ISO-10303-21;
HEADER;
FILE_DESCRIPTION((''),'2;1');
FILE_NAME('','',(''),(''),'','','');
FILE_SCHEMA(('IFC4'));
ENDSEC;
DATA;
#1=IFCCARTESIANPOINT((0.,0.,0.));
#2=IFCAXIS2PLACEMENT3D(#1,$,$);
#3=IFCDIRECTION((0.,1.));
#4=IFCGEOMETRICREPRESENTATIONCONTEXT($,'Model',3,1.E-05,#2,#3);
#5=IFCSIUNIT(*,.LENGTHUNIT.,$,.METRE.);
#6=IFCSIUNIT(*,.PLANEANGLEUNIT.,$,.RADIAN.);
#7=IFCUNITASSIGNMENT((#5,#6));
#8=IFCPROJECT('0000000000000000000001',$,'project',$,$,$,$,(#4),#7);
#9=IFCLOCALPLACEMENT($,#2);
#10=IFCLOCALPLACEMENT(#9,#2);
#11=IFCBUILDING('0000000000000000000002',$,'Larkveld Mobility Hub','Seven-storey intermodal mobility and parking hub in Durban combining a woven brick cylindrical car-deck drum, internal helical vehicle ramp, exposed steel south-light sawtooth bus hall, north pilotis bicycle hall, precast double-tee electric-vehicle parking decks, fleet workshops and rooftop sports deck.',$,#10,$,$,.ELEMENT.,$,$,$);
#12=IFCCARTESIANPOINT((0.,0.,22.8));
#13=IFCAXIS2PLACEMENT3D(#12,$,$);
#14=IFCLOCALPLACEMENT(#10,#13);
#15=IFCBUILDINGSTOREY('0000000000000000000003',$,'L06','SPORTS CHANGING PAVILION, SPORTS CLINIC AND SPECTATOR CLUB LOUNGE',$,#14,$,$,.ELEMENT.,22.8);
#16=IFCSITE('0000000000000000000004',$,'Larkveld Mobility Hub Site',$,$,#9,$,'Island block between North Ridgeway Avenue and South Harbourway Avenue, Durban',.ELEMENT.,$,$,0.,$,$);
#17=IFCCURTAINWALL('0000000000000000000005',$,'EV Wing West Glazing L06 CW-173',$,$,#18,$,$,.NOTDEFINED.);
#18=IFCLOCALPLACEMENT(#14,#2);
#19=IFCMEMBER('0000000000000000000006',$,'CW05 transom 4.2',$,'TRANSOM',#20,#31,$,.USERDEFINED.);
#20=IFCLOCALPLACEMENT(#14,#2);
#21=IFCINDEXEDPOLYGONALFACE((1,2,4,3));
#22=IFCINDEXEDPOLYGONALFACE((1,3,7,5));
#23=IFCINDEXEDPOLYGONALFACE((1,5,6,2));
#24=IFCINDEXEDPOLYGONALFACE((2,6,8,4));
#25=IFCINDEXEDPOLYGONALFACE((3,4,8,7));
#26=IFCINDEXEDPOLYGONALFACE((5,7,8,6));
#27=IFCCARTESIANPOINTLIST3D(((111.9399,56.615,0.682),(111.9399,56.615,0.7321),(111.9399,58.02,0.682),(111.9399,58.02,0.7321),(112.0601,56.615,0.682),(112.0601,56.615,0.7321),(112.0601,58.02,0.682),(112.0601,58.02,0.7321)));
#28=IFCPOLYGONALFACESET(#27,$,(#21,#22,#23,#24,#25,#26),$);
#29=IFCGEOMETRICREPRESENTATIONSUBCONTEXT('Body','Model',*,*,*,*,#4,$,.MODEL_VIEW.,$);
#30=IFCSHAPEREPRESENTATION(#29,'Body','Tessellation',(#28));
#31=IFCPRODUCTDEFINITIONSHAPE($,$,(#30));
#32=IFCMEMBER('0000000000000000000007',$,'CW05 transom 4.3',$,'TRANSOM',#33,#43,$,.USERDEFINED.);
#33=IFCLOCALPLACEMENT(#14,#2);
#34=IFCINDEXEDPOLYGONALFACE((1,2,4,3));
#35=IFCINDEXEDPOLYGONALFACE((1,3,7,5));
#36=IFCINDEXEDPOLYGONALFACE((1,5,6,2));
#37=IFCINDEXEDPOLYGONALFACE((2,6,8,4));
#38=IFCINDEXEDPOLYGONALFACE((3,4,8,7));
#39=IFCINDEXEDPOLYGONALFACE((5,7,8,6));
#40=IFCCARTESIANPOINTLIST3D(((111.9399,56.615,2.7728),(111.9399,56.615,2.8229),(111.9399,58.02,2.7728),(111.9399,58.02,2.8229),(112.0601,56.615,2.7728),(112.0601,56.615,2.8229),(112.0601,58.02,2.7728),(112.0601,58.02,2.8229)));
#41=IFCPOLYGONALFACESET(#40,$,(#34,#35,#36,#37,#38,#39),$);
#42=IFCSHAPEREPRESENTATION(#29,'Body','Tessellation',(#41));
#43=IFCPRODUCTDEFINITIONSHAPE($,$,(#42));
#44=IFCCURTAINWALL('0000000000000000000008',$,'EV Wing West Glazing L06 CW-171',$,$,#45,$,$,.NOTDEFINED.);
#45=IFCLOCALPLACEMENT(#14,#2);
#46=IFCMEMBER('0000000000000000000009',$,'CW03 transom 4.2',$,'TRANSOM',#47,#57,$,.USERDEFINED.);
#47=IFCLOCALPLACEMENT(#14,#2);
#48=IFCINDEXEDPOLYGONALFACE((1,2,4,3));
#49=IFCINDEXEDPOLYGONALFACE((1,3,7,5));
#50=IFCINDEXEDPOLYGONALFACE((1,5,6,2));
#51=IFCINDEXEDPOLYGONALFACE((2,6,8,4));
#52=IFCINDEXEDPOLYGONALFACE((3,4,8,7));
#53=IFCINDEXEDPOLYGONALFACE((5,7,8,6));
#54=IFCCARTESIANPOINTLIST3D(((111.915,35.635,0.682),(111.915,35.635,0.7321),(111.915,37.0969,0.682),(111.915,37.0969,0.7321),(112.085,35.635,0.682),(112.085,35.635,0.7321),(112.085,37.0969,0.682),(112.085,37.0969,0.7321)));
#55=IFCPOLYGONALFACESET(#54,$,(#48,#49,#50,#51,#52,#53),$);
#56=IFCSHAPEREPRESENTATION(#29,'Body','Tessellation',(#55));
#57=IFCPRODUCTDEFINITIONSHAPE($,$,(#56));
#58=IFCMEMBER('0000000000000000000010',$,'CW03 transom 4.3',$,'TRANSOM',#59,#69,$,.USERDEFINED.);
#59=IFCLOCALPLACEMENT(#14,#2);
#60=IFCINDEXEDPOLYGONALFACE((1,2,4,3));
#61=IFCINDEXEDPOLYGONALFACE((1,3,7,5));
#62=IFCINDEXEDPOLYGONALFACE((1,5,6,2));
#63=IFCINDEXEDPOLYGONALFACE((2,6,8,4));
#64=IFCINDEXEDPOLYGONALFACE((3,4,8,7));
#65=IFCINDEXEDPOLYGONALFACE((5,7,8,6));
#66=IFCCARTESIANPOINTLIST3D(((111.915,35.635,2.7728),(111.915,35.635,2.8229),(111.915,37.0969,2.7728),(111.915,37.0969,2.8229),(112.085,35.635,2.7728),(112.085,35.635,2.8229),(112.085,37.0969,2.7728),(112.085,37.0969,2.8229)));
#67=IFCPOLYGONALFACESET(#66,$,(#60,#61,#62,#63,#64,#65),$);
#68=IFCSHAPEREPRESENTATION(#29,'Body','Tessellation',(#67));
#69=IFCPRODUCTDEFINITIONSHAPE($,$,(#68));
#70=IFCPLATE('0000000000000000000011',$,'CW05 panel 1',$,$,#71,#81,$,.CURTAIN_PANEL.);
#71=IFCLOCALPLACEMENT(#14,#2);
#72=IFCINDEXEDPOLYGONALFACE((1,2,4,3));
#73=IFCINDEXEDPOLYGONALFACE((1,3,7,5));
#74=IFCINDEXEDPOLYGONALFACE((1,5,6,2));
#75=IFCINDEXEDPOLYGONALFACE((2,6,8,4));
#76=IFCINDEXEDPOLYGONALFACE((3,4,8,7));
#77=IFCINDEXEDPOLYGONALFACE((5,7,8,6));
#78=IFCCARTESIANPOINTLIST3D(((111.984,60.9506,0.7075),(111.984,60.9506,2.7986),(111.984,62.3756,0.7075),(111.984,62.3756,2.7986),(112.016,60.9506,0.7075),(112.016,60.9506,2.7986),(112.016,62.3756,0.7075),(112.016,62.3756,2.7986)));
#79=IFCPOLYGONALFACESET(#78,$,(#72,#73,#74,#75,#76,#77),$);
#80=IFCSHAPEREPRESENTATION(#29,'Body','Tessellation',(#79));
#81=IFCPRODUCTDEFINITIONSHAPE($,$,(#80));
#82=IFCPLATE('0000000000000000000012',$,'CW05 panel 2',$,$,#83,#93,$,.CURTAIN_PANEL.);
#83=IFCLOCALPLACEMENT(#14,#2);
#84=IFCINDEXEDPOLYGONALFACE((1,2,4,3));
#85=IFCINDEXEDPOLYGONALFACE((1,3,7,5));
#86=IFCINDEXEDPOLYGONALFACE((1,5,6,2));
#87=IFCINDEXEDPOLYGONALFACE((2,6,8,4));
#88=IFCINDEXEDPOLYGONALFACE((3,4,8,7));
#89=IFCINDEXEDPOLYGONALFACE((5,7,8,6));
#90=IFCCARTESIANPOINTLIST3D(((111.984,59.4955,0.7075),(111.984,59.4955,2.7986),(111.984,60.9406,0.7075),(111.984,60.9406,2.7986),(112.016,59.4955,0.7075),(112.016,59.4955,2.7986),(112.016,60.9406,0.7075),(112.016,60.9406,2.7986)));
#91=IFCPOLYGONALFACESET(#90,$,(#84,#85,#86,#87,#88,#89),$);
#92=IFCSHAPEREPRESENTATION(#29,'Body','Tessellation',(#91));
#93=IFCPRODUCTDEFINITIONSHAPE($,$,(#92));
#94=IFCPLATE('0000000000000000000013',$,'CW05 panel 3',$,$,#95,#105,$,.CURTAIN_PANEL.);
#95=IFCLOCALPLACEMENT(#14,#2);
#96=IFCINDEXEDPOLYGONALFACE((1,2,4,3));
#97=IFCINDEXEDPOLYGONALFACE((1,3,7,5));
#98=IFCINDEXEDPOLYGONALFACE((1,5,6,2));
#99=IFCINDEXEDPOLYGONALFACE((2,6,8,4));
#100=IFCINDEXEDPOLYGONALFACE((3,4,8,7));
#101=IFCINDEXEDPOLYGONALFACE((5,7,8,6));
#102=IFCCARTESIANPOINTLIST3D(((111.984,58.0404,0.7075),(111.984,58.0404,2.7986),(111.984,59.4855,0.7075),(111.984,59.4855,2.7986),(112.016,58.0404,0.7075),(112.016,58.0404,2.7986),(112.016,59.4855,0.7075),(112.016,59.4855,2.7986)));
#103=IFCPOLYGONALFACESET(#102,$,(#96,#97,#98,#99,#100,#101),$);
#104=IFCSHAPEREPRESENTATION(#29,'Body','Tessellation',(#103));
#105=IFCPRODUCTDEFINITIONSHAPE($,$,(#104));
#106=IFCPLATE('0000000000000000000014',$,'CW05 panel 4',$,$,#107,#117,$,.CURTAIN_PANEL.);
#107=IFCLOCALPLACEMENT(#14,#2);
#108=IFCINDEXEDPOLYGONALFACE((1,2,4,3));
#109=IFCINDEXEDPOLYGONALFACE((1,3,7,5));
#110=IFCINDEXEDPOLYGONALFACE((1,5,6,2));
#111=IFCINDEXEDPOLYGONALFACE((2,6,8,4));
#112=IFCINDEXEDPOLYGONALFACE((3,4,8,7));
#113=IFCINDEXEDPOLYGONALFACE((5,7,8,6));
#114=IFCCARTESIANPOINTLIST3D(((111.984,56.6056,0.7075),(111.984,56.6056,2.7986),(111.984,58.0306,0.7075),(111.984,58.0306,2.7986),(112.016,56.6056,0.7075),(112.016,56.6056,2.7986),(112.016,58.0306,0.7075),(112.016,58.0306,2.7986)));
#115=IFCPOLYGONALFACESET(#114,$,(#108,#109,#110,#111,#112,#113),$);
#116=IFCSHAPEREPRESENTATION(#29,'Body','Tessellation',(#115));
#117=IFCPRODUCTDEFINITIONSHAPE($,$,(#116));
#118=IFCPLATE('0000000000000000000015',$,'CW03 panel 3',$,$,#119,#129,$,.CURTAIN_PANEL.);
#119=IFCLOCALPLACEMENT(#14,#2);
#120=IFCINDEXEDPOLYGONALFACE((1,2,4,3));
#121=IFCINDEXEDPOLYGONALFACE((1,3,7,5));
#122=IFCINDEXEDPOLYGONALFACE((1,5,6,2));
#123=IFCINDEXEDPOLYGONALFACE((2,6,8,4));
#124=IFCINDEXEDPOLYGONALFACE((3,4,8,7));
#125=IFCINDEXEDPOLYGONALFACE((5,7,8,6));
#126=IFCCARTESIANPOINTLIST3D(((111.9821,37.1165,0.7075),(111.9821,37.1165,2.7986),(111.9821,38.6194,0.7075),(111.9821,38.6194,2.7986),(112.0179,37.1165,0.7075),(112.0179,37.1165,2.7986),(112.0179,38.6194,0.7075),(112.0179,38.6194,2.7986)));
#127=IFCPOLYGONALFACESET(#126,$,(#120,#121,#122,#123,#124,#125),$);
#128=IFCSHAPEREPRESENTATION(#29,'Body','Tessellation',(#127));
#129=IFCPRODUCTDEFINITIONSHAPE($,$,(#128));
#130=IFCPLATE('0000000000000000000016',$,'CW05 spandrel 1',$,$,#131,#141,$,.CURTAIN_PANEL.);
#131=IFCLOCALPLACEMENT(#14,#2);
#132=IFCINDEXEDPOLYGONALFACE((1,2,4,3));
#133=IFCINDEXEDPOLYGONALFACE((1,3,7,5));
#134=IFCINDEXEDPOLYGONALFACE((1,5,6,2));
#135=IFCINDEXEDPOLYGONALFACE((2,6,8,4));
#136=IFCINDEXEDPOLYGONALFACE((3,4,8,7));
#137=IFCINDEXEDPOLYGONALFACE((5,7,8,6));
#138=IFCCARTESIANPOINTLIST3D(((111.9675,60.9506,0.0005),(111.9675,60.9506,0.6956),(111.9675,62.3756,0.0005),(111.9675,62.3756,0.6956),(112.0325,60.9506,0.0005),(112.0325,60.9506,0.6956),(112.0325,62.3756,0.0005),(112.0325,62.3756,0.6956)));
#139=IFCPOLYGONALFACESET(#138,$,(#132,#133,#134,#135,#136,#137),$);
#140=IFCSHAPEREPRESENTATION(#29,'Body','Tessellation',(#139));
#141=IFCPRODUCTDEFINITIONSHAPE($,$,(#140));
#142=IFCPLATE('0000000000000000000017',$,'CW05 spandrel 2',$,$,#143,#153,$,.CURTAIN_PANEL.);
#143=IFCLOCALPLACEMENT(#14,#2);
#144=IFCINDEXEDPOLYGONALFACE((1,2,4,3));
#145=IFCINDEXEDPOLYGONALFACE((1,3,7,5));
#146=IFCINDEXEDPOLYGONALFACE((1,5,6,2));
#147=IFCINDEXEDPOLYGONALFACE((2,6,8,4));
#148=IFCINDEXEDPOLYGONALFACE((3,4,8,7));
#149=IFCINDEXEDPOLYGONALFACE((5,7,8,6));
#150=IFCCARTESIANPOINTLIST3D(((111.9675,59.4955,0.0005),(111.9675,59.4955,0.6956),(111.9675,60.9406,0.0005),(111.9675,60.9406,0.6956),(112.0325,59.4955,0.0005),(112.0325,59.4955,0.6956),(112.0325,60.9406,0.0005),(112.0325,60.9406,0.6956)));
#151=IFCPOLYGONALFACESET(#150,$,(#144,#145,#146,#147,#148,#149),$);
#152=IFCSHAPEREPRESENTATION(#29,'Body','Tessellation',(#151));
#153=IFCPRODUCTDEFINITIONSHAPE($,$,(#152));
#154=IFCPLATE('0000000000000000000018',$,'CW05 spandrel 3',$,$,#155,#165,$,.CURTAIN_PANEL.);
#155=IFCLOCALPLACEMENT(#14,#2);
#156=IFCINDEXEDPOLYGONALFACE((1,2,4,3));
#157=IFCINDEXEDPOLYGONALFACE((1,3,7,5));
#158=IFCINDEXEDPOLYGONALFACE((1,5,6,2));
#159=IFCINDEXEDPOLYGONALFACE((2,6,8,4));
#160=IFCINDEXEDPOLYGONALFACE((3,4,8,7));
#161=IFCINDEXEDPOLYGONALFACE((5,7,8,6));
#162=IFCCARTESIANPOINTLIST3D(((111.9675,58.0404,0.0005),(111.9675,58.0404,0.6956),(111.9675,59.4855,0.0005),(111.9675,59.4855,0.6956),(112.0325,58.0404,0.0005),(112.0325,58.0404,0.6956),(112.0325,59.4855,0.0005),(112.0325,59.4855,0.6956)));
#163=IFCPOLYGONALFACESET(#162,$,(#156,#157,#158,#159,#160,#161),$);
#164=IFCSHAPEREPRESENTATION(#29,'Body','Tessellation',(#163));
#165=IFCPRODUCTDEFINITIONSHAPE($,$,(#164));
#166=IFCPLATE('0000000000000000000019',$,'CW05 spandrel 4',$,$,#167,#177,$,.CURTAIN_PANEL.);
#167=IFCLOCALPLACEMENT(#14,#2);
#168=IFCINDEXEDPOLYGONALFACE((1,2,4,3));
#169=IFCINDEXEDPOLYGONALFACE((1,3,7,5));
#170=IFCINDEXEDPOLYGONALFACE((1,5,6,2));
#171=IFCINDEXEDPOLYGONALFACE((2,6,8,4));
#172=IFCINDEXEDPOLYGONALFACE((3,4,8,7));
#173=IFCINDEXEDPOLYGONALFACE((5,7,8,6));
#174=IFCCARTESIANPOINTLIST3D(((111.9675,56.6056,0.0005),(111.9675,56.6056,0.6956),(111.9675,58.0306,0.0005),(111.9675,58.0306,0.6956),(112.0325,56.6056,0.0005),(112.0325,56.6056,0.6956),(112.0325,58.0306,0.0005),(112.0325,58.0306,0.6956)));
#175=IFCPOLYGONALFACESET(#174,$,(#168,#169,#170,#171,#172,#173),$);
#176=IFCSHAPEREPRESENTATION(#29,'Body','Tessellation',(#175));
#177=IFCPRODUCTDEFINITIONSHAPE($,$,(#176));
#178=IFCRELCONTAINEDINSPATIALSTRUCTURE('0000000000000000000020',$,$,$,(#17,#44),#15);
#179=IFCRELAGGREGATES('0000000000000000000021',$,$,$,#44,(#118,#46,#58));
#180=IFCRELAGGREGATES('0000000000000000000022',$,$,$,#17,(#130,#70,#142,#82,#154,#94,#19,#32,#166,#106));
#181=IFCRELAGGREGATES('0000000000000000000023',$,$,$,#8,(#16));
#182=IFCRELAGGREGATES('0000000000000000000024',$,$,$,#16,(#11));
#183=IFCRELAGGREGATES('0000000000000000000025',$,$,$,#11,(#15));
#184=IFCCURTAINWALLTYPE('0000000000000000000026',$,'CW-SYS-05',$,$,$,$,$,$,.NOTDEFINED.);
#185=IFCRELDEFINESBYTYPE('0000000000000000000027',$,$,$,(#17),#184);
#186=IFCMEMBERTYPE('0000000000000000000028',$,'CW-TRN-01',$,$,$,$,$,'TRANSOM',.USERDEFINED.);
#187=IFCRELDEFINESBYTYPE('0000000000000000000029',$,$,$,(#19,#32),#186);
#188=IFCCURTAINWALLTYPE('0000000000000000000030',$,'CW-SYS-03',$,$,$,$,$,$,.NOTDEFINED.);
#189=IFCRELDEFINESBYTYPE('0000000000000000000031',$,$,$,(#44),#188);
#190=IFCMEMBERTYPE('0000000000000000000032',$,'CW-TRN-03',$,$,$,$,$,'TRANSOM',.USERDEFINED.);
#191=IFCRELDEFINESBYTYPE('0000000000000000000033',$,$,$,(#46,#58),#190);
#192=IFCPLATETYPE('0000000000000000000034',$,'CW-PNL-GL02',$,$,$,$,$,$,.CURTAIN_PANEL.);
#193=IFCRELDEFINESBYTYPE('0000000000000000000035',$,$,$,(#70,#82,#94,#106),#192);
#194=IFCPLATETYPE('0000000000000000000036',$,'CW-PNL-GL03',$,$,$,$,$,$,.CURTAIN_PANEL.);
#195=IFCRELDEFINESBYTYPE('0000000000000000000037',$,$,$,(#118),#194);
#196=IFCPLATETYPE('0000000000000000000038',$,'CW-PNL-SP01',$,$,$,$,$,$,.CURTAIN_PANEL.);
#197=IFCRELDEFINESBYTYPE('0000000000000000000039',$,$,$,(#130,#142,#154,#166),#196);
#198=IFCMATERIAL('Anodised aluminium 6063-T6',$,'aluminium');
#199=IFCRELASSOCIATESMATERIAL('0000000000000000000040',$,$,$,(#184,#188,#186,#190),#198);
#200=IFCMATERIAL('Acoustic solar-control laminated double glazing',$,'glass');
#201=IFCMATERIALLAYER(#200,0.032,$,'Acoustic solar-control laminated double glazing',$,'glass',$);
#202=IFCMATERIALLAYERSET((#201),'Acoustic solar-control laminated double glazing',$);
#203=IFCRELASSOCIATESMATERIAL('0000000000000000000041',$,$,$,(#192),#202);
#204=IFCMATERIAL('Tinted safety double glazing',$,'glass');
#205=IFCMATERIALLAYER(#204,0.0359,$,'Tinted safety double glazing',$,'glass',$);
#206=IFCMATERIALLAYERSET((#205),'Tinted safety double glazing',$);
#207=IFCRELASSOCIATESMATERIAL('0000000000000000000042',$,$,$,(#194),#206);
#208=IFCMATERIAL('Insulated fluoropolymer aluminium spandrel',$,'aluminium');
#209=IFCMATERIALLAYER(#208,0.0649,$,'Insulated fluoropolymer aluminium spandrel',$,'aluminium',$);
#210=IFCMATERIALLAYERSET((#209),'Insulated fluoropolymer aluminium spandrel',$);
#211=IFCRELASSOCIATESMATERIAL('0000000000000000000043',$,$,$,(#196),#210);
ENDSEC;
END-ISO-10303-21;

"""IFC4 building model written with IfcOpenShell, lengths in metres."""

from ifc_helpers import new_model, si_unit, direction, frame, origin, origin_2d, place, context, subcontext, project, spatial, rectangle, extrude, material, layer, layer_set, material_profile, profile_set, type_object, element, aggregate, save


model = new_model("IFC4")

# Units and contexts
model_context = context("Model", 3, precision=1e-05, world=origin(), true_north=direction((0.0, 1.0)))
body_context = subcontext(model_context, "Body", "Model", "MODEL_VIEW")
ifc_project = project(units=[si_unit("LENGTHUNIT", "METRE"), si_unit("PLANEANGLEUNIT", "RADIAN")], contexts=[model_context])

# Site, building, storey
site_placement = place(None, origin())
site = spatial("IfcSite", under=ifc_project, at=site_placement, Name="Larkveld Mobility Hub Site", LongName="Island block between North Ridgeway Avenue and South Harbourway Avenue, Durban", CompositionType="ELEMENT", RefElevation=0.0)
building_placement = place(site_placement, origin())
building = spatial("IfcBuilding", under=site, at=building_placement, Name="Larkveld Mobility Hub", Description="Seven-storey intermodal mobility and parking hub in Durban combining a woven brick cylindrical car-deck drum, internal helical vehicle ramp, exposed steel south-light sawtooth bus hall, north pilotis bicycle hall, precast double-tee electric-vehicle parking decks, fleet workshops and rooftop sports deck.", CompositionType="ELEMENT")
storey_placement = place(building_placement, frame((0.0, 0.0, 22.8)))
storey = spatial("IfcBuildingStorey", under=building, at=storey_placement, Name="L06", Description="SPORTS CHANGING PAVILION, SPORTS CLINIC AND SPECTATOR CLUB LOUNGE", CompositionType="ELEMENT", Elevation=22.8)

# Curtain walls, members
ifc_material_1 = material(Name="Anodised aluminium 6063-T6", Category="aluminium")
curtain_wall_type_1 = type_object("IfcCurtainWallType", Name="CW-SYS-05", PredefinedType="NOTDEFINED", material=ifc_material_1)
curtain_wall_1_placement = place(storey_placement, origin())
curtain_wall_1 = element("IfcCurtainWall", 1, at=curtain_wall_1_placement, inside=storey, type_object=curtain_wall_type_1, Name="EV Wing West Glazing L06 CW-173", PredefinedType="NOTDEFINED")
ifc_material_profile_1 = material_profile(ifc_material_1, rectangle(XDim=0.1201, YDim=0.05, at=origin_2d()), Name="ALU TRAN 50x120")
ifc_profile_set_1 = profile_set([ifc_material_profile_1], Name="Anodised aluminium 6063-T6")
member_type_1 = type_object("IfcMemberType", Name="CW-TRN-01", ElementType="TRANSOM", PredefinedType="USERDEFINED", material=ifc_profile_set_1)
member_1_placement = place(storey_placement, frame((112.0, 58.02, 0.707), z_axis=(0.0, -1.0, 0.0), x_axis=(1.0, 0.0, 0.0)))
member_1 = element("IfcMember", 2, at=member_1_placement, type_object=member_type_1, Name="CW05 transom 4.2", ObjectType="TRANSOM", PredefinedType="USERDEFINED", context=body_context, shape_type="SweptSolid", body=[
    extrude(rectangle(XDim=0.1201, YDim=0.05, at=origin_2d()), origin(), (0.0, 0.0, 1.0), 1.405),
])
member_2_placement = place(storey_placement, frame((112.0, 58.02, 2.7979), z_axis=(0.0, -1.0, 0.0), x_axis=(1.0, 0.0, 0.0)))
member_2 = element("IfcMember", 3, at=member_2_placement, type_object=member_type_1, Name="CW05 transom 4.3", ObjectType="TRANSOM", PredefinedType="USERDEFINED", context=body_context, shape_type="SweptSolid", body=[
    extrude(rectangle(XDim=0.1201, YDim=0.05, at=origin_2d()), origin(), (0.0, 0.0, 1.0), 1.405),
])
curtain_wall_type_2 = type_object("IfcCurtainWallType", Name="CW-SYS-03", PredefinedType="NOTDEFINED", material=ifc_material_1)
curtain_wall_2_placement = place(storey_placement, origin())
curtain_wall_2 = element("IfcCurtainWall", 4, at=curtain_wall_2_placement, inside=storey, type_object=curtain_wall_type_2, Name="EV Wing West Glazing L06 CW-171", PredefinedType="NOTDEFINED")
ifc_material_profile_2 = material_profile(ifc_material_1, rectangle(XDim=0.1699, YDim=0.05, at=origin_2d()), Name="ALU TRAN 50x170")
ifc_profile_set_2 = profile_set([ifc_material_profile_2], Name="Anodised aluminium 6063-T6")
member_type_2 = type_object("IfcMemberType", Name="CW-TRN-03", ElementType="TRANSOM", PredefinedType="USERDEFINED", material=ifc_profile_set_2)
member_3_placement = place(storey_placement, frame((112.0, 37.0969, 0.707), z_axis=(0.0, -1.0, 0.0), x_axis=(1.0, 0.0, 0.0)))
member_3 = element("IfcMember", 5, at=member_3_placement, type_object=member_type_2, Name="CW03 transom 4.2", ObjectType="TRANSOM", PredefinedType="USERDEFINED", context=body_context, shape_type="SweptSolid", body=[
    extrude(rectangle(XDim=0.1699, YDim=0.05, at=origin_2d()), origin(), (0.0, 0.0, 1.0), 1.4619),
])
member_4_placement = place(storey_placement, frame((112.0, 37.0969, 2.7979), z_axis=(0.0, -1.0, 0.0), x_axis=(1.0, 0.0, 0.0)))
member_4 = element("IfcMember", 6, at=member_4_placement, type_object=member_type_2, Name="CW03 transom 4.3", ObjectType="TRANSOM", PredefinedType="USERDEFINED", context=body_context, shape_type="SweptSolid", body=[
    extrude(rectangle(XDim=0.1699, YDim=0.05, at=origin_2d()), origin(), (0.0, 0.0, 1.0), 1.4619),
])

# Plates
ifc_material_2 = material(Name="Acoustic solar-control laminated double glazing", Category="glass")
ifc_layer_1 = layer(ifc_material_2, 0.032, Name="Acoustic solar-control laminated double glazing", Category="glass")
ifc_layer_set_1 = layer_set([ifc_layer_1], Name="Acoustic solar-control laminated double glazing")
plate_type_1 = type_object("IfcPlateType", Name="CW-PNL-GL02", PredefinedType="CURTAIN_PANEL", material=ifc_layer_set_1)
plate_1_placement = place(storey_placement, frame((112.0, 61.6631, 0.7075), z_axis=(0.0, 0.0, 1.0), x_axis=(0.0, -1.0, 0.0)))
plate_1 = element("IfcPlate", 7, at=plate_1_placement, type_object=plate_type_1, Name="CW05 panel 1", PredefinedType="CURTAIN_PANEL", context=body_context, shape_type="SweptSolid", body=[
    extrude(rectangle(XDim=1.425, YDim=0.032, at=origin_2d()), origin(), (0.0, 0.0, 1.0), 2.0911),
])
plate_2_placement = place(storey_placement, frame((112.0, 60.218, 0.7075), z_axis=(0.0, 0.0, 1.0), x_axis=(0.0, -1.0, 0.0)))
plate_2 = element("IfcPlate", 8, at=plate_2_placement, type_object=plate_type_1, Name="CW05 panel 2", PredefinedType="CURTAIN_PANEL", context=body_context, shape_type="SweptSolid", body=[
    extrude(rectangle(XDim=1.4451, YDim=0.032, at=origin_2d()), origin(), (0.0, 0.0, 1.0), 2.0911),
])
plate_3_placement = place(storey_placement, frame((112.0, 58.7629, 0.7075), z_axis=(0.0, 0.0, 1.0), x_axis=(0.0, -1.0, 0.0)))
plate_3 = element("IfcPlate", 9, at=plate_3_placement, type_object=plate_type_1, Name="CW05 panel 3", PredefinedType="CURTAIN_PANEL", context=body_context, shape_type="SweptSolid", body=[
    extrude(rectangle(XDim=1.4451, YDim=0.032, at=origin_2d()), origin(), (0.0, 0.0, 1.0), 2.0911),
])
plate_4_placement = place(storey_placement, frame((112.0, 57.3181, 0.7075), z_axis=(0.0, 0.0, 1.0), x_axis=(0.0, -1.0, 0.0)))
plate_4 = element("IfcPlate", 10, at=plate_4_placement, type_object=plate_type_1, Name="CW05 panel 4", PredefinedType="CURTAIN_PANEL", context=body_context, shape_type="SweptSolid", body=[
    extrude(rectangle(XDim=1.425, YDim=0.032, at=origin_2d()), origin(), (0.0, 0.0, 1.0), 2.0911),
])
ifc_material_3 = material(Name="Tinted safety double glazing", Category="glass")
ifc_layer_2 = layer(ifc_material_3, 0.0359, Name="Tinted safety double glazing", Category="glass")
ifc_layer_set_2 = layer_set([ifc_layer_2], Name="Tinted safety double glazing")
plate_type_2 = type_object("IfcPlateType", Name="CW-PNL-GL03", PredefinedType="CURTAIN_PANEL", material=ifc_layer_set_2)
plate_5_placement = place(storey_placement, frame((112.0, 37.8679, 0.7075), z_axis=(0.0, 0.0, 1.0), x_axis=(0.0, -1.0, 0.0)))
plate_5 = element("IfcPlate", 11, at=plate_5_placement, type_object=plate_type_2, Name="CW03 panel 3", PredefinedType="CURTAIN_PANEL", context=body_context, shape_type="SweptSolid", body=[
    extrude(rectangle(XDim=1.5029, YDim=0.0359, at=origin_2d()), origin(), (0.0, 0.0, 1.0), 2.0911),
])
aggregate(curtain_wall_2, [plate_5, member_3, member_4])
ifc_material_4 = material(Name="Insulated fluoropolymer aluminium spandrel", Category="aluminium")
ifc_layer_3 = layer(ifc_material_4, 0.0649, Name="Insulated fluoropolymer aluminium spandrel", Category="aluminium")
ifc_layer_set_3 = layer_set([ifc_layer_3], Name="Insulated fluoropolymer aluminium spandrel")
plate_type_3 = type_object("IfcPlateType", Name="CW-PNL-SP01", PredefinedType="CURTAIN_PANEL", material=ifc_layer_set_3)
plate_6_placement = place(storey_placement, frame((112.0, 61.6631, 0.0005), z_axis=(0.0, 0.0, 1.0), x_axis=(0.0, -1.0, 0.0)))
plate_6 = element("IfcPlate", 12, at=plate_6_placement, type_object=plate_type_3, Name="CW05 spandrel 1", PredefinedType="CURTAIN_PANEL", context=body_context, shape_type="SweptSolid", body=[
    extrude(rectangle(XDim=1.425, YDim=0.0649, at=origin_2d()), origin(), (0.0, 0.0, 1.0), 0.6951),
])
plate_7_placement = place(storey_placement, frame((112.0, 60.218, 0.0005), z_axis=(0.0, 0.0, 1.0), x_axis=(0.0, -1.0, 0.0)))
plate_7 = element("IfcPlate", 13, at=plate_7_placement, type_object=plate_type_3, Name="CW05 spandrel 2", PredefinedType="CURTAIN_PANEL", context=body_context, shape_type="SweptSolid", body=[
    extrude(rectangle(XDim=1.4451, YDim=0.0649, at=origin_2d()), origin(), (0.0, 0.0, 1.0), 0.6951),
])
plate_8_placement = place(storey_placement, frame((112.0, 58.7629, 0.0005), z_axis=(0.0, 0.0, 1.0), x_axis=(0.0, -1.0, 0.0)))
plate_8 = element("IfcPlate", 14, at=plate_8_placement, type_object=plate_type_3, Name="CW05 spandrel 3", PredefinedType="CURTAIN_PANEL", context=body_context, shape_type="SweptSolid", body=[
    extrude(rectangle(XDim=1.4451, YDim=0.0649, at=origin_2d()), origin(), (0.0, 0.0, 1.0), 0.6951),
])
plate_9_placement = place(storey_placement, frame((112.0, 57.3181, 0.0005), z_axis=(0.0, 0.0, 1.0), x_axis=(0.0, -1.0, 0.0)))
plate_9 = element("IfcPlate", 15, at=plate_9_placement, type_object=plate_type_3, Name="CW05 spandrel 4", PredefinedType="CURTAIN_PANEL", context=body_context, shape_type="SweptSolid", body=[
    extrude(rectangle(XDim=1.425, YDim=0.0649, at=origin_2d()), origin(), (0.0, 0.0, 1.0), 0.6951),
])
aggregate(curtain_wall_1, [plate_6, plate_1, plate_7, plate_2, plate_8, plate_3, member_1, member_2, plate_9, plate_4])

save(model, "model.ifc")
